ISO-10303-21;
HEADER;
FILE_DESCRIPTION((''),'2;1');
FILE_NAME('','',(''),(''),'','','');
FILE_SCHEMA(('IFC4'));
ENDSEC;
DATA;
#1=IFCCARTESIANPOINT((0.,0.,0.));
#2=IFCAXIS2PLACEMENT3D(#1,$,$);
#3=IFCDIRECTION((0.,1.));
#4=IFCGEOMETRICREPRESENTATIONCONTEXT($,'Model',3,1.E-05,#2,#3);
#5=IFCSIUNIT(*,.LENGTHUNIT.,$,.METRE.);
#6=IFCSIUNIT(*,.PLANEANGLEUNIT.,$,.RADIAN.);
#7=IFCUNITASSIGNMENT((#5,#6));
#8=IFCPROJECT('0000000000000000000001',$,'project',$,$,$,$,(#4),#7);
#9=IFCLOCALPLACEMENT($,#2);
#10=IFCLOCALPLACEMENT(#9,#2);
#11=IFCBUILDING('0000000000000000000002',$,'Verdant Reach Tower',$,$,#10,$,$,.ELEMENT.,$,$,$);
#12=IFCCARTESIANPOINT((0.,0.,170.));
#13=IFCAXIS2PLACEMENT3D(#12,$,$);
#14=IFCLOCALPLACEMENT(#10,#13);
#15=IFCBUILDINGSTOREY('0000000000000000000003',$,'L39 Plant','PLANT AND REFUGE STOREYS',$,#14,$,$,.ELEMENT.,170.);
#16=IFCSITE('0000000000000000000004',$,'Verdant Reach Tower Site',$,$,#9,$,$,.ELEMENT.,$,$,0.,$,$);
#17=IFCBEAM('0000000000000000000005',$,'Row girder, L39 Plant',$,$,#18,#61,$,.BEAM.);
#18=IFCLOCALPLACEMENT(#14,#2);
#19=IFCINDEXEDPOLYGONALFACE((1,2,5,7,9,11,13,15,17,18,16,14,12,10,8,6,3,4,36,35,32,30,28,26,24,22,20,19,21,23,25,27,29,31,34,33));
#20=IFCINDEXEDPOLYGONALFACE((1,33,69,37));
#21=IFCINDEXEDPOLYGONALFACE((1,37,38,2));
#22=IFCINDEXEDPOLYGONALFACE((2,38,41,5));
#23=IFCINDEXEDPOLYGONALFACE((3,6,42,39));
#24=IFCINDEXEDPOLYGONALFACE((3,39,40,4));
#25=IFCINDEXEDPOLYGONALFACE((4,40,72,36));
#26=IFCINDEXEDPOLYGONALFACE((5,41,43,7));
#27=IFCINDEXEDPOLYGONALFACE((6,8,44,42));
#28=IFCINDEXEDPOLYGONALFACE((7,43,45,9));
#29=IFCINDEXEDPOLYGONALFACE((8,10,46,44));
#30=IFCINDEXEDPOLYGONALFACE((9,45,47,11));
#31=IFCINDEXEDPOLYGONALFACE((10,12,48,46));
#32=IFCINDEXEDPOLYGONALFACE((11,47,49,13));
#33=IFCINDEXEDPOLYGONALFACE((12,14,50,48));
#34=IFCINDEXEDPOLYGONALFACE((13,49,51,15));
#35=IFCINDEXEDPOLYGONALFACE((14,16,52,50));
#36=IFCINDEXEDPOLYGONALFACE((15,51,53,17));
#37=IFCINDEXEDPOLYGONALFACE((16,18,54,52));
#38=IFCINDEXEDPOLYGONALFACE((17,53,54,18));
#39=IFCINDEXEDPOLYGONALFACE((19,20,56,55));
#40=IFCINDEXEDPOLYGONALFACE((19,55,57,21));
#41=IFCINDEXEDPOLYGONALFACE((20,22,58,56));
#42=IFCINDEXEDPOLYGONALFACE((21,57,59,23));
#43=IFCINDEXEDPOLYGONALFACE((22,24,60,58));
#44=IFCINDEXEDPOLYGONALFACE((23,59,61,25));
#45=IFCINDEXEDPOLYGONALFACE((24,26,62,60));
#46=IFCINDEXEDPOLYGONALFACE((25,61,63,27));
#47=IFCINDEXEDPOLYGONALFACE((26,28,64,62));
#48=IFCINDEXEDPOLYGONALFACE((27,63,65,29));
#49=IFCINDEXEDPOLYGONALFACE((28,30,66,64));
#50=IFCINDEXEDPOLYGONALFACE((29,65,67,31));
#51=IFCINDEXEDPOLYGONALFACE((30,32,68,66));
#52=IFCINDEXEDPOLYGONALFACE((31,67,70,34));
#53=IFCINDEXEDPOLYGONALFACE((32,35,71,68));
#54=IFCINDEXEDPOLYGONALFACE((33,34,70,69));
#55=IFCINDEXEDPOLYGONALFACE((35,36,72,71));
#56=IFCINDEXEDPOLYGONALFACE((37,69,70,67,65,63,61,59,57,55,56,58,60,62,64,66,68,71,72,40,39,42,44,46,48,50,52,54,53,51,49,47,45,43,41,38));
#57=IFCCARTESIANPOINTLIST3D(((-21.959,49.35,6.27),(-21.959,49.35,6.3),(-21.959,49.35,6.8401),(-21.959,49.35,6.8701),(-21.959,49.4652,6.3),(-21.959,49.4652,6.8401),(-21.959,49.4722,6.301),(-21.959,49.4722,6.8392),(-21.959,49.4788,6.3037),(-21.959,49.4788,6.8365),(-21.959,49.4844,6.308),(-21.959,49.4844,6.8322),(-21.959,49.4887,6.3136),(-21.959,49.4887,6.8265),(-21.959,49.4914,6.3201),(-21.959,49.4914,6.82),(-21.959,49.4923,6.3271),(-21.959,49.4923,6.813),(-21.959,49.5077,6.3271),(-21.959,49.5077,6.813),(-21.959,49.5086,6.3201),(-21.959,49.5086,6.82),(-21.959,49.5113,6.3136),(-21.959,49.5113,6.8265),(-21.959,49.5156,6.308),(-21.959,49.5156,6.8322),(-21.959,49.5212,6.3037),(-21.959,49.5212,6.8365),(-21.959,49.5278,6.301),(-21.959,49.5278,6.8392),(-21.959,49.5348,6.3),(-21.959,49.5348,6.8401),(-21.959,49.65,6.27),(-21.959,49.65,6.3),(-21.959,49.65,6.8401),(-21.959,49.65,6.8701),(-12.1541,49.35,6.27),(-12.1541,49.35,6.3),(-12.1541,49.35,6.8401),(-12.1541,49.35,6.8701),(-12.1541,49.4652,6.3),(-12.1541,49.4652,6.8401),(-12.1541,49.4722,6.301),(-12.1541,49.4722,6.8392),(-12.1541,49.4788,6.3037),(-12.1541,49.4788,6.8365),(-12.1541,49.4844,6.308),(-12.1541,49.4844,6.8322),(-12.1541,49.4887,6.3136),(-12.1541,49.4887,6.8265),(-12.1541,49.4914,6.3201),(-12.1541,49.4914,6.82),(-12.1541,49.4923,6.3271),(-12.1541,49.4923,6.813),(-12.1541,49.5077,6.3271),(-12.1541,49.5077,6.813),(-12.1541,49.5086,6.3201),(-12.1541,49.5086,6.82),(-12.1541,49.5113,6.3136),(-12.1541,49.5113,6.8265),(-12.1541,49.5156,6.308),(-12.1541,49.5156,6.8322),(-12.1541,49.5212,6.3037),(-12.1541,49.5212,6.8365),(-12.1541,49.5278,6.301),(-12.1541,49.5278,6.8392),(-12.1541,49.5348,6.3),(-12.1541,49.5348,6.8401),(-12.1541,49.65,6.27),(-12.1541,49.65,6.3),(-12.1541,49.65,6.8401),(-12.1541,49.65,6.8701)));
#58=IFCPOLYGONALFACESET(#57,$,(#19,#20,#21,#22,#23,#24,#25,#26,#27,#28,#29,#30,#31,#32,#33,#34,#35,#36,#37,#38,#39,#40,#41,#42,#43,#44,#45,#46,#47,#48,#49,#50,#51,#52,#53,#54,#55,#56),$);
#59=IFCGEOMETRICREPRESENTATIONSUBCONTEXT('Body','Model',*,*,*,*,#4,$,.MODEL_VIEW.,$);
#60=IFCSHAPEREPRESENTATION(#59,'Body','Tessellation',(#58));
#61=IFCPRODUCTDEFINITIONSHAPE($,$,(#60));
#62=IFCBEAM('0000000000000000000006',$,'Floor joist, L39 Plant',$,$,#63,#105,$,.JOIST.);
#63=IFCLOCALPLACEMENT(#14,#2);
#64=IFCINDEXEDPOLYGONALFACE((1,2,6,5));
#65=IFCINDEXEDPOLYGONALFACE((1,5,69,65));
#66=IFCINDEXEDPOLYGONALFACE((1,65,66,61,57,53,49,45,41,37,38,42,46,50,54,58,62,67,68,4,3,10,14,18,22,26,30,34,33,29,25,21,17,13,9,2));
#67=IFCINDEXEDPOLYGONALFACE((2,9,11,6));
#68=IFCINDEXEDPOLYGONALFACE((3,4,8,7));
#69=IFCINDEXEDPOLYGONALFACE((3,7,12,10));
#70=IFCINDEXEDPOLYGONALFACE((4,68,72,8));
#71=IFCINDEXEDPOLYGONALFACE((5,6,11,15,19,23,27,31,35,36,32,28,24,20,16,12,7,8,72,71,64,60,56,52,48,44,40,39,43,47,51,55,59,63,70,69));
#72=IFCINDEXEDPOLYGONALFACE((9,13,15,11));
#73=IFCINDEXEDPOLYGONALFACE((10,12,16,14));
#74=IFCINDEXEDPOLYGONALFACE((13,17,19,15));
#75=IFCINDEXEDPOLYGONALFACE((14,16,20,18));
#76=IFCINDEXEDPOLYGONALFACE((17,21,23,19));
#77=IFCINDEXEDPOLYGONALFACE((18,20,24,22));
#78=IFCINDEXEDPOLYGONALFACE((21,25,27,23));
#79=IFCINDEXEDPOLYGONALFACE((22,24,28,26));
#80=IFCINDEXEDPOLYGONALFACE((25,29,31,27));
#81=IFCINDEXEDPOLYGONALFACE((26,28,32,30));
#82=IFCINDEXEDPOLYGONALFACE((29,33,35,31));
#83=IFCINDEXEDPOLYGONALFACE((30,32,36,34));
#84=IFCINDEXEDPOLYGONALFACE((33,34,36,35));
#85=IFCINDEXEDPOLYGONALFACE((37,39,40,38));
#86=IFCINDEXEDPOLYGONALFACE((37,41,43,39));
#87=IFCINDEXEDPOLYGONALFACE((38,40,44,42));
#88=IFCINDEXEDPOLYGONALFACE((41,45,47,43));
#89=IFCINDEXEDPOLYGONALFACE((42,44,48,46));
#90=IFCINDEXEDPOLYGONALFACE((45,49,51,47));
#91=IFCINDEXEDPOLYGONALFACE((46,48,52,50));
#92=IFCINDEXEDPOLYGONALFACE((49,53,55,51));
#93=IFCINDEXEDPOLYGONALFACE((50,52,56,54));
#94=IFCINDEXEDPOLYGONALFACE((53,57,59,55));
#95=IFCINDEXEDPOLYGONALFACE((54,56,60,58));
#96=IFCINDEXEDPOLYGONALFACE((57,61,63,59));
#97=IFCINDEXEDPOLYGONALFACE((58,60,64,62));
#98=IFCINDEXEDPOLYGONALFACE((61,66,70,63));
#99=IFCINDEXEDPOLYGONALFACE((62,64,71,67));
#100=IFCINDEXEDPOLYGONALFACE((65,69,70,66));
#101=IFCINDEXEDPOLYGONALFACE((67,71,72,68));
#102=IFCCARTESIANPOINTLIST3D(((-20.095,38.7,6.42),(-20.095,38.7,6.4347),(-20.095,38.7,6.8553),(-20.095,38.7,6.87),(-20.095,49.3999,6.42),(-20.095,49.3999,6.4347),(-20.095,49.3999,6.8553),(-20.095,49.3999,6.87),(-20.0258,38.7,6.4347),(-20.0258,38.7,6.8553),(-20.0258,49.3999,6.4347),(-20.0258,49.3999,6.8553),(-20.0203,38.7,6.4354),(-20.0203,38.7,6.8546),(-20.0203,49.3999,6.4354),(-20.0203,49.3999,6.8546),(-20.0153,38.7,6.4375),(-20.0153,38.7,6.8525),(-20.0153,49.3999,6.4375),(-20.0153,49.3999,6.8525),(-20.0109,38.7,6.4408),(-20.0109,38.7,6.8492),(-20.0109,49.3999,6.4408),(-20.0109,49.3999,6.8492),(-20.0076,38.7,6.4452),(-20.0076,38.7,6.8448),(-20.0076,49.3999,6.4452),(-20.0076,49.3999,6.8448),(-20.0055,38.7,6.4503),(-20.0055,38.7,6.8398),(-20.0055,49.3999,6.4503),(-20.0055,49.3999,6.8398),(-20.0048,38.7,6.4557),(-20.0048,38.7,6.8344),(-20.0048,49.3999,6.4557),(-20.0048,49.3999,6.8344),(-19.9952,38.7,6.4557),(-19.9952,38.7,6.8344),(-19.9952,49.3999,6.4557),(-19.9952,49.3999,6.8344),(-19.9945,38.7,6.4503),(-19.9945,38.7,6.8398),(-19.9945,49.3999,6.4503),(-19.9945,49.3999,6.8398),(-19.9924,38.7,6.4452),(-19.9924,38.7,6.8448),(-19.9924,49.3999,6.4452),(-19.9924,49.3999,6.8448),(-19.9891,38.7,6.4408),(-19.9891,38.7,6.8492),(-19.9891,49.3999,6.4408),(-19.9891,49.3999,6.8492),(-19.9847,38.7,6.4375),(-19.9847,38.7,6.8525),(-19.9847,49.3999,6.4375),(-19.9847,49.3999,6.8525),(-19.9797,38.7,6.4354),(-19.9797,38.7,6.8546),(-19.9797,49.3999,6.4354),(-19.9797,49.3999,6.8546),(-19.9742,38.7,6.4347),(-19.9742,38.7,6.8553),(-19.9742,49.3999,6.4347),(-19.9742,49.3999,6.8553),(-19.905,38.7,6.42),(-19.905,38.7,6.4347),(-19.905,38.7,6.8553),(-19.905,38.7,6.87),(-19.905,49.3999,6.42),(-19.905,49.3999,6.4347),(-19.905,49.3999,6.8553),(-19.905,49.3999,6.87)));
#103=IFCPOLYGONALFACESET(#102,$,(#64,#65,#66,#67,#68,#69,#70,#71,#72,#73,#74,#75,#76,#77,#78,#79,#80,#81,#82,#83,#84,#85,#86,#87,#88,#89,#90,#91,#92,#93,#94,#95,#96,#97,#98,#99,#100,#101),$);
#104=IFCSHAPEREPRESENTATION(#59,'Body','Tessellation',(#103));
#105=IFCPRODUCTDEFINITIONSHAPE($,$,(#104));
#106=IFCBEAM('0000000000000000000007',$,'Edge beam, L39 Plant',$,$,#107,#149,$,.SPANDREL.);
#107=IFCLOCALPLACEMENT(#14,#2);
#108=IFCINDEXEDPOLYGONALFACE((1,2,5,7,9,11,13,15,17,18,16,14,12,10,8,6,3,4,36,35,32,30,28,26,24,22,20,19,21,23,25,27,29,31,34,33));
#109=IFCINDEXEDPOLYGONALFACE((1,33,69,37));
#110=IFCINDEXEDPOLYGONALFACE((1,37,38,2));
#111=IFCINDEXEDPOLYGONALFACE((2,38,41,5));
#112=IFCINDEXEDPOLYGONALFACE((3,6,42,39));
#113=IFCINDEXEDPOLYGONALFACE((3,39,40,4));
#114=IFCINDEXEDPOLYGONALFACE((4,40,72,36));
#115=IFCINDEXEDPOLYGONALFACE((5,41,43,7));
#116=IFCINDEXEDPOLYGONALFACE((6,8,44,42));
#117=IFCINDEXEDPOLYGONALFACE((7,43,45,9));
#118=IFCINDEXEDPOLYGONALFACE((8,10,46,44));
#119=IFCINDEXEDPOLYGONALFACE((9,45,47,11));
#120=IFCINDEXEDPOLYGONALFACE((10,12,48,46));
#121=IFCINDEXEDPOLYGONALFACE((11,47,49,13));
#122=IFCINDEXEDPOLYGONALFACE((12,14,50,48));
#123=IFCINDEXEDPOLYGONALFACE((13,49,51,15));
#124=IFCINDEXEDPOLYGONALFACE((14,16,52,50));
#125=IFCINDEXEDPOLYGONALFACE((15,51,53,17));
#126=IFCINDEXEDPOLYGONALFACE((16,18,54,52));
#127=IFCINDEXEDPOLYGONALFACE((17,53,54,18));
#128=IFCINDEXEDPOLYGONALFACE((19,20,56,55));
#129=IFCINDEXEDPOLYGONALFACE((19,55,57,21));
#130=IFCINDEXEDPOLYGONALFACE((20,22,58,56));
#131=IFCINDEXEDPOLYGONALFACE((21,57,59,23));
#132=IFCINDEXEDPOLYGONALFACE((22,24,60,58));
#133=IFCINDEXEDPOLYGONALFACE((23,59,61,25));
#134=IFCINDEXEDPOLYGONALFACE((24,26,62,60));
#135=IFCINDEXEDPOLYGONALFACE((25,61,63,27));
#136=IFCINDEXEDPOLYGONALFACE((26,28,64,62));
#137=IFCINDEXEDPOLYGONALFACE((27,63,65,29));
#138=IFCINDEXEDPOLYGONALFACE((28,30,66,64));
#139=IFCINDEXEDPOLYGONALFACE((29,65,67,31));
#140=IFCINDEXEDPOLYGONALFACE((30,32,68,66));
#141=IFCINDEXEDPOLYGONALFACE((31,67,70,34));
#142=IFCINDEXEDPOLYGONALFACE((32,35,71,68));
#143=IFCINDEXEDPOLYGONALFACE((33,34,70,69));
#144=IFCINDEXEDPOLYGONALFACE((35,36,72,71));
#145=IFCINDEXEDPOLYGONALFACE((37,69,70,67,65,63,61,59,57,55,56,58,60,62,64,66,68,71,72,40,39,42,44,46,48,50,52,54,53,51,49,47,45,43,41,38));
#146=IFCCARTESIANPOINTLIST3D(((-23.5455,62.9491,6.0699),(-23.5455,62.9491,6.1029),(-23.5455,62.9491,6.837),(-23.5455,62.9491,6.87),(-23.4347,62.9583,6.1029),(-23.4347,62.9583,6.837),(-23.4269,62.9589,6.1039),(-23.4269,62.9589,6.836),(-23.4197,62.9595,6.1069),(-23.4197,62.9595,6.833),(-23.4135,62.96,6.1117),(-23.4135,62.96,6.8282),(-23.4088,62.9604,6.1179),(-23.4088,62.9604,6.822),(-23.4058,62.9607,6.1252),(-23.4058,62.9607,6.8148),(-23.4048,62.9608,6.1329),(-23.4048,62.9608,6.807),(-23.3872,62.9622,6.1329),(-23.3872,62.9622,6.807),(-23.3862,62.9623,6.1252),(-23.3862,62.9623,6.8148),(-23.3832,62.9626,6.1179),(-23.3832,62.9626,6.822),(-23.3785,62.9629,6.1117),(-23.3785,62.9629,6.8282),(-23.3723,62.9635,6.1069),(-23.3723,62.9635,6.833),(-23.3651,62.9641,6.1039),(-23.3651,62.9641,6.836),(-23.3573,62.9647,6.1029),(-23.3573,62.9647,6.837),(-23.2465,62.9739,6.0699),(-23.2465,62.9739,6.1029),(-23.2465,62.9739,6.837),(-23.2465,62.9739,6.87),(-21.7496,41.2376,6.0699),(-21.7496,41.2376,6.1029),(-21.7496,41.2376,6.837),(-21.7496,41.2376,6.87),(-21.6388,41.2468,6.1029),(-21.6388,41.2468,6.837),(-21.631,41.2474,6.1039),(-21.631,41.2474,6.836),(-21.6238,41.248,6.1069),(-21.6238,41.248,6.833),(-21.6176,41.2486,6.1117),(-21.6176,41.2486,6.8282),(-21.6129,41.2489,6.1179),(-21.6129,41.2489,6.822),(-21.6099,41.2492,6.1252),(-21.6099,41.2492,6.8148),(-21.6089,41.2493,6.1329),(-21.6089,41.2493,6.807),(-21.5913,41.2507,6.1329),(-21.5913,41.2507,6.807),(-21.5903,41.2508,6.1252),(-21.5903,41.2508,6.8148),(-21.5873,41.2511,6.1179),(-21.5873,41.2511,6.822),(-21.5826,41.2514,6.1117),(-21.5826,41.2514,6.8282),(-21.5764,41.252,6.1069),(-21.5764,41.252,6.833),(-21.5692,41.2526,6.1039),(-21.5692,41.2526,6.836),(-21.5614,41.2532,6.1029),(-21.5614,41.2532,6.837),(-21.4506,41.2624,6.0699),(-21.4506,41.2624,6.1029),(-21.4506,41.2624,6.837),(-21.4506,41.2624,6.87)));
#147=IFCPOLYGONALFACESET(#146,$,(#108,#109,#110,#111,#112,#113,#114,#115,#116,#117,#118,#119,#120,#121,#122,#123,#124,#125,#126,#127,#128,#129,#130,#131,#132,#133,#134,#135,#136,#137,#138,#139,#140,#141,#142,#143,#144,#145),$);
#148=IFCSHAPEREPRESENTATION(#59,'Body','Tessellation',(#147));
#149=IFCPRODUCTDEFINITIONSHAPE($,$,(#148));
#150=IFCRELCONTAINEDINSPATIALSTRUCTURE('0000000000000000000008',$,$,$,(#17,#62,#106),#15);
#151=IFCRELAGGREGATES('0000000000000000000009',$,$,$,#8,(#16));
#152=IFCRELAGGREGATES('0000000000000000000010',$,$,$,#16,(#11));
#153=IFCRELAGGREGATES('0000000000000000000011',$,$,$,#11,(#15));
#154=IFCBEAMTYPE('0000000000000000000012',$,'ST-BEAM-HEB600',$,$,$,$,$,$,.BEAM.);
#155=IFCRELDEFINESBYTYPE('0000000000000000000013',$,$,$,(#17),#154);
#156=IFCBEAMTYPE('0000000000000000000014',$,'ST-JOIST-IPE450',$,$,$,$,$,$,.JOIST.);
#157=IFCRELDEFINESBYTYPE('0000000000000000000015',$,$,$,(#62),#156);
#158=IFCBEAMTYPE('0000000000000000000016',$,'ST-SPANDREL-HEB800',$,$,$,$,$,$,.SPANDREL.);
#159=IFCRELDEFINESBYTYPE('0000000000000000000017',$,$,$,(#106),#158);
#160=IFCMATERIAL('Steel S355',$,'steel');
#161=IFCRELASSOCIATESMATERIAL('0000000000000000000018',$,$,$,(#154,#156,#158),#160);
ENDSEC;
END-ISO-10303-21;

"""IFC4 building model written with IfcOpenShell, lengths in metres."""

from ifc_helpers import new_model, si_unit, direction, frame, origin, origin_2d, place, context, subcontext, project, spatial, i_section, extrude, material, material_profile, profile_set, type_object, element, save


model = new_model("IFC4")

# Units and contexts
model_context = context("Model", 3, precision=1e-05, world=origin(), true_north=direction((0.0, 1.0)))
body_context = subcontext(model_context, "Body", "Model", "MODEL_VIEW")
ifc_project = project(units=[si_unit("LENGTHUNIT", "METRE"), si_unit("PLANEANGLEUNIT", "RADIAN")], contexts=[model_context])

# Site, building, storey
site_placement = place(None, origin())
site = spatial("IfcSite", under=ifc_project, at=site_placement, Name="Verdant Reach Tower Site", CompositionType="ELEMENT", RefElevation=0.0)
building_placement = place(site_placement, origin())
building = spatial("IfcBuilding", under=site, at=building_placement, Name="Verdant Reach Tower", CompositionType="ELEMENT")
storey_placement = place(building_placement, frame((0.0, 0.0, 170.0)))
storey = spatial("IfcBuildingStorey", under=building, at=storey_placement, Name="L39 Plant", Description="PLANT AND REFUGE STOREYS", CompositionType="ELEMENT", Elevation=170.0)

# Beams
ifc_material_1 = material(Name="Steel S355", Category="steel")
ifc_material_profile_1 = material_profile(ifc_material_1, i_section(OverallWidth=0.3, OverallDepth=0.6001, WebThickness=0.0154, FlangeThickness=0.03, FilletRadius=0.0271, at=origin_2d()), Name="HEB 600")
ifc_profile_set_1 = profile_set([ifc_material_profile_1], Name="Steel S355")
beam_type_1 = type_object("IfcBeamType", Name="ST-BEAM-HEB600", PredefinedType="BEAM", material=ifc_profile_set_1)
beam_1_placement = place(storey_placement, frame((-21.959, 49.5, 6.5701), z_axis=(1.0, 0.0, 0.0), x_axis=(0.0, 1.0, 0.0)))
element("IfcBeam", 1, at=beam_1_placement, inside=storey, type_object=beam_type_1, Name="Row girder, L39 Plant", PredefinedType="BEAM", context=body_context, shape_type="SweptSolid", body=[
    extrude(i_section(OverallWidth=0.3, OverallDepth=0.6001, WebThickness=0.0154, FlangeThickness=0.03, FilletRadius=0.0271, at=origin_2d()), origin(), (0.0, 0.0, 1.0), 9.8049),
])
ifc_material_profile_2 = material_profile(ifc_material_1, i_section(OverallWidth=0.1899, OverallDepth=0.45, WebThickness=0.0095, FlangeThickness=0.0146, FilletRadius=0.021, at=origin_2d()), Name="IPE 450")
ifc_profile_set_2 = profile_set([ifc_material_profile_2], Name="Steel S355")
beam_type_2 = type_object("IfcBeamType", Name="ST-JOIST-IPE450", PredefinedType="JOIST", material=ifc_profile_set_2)
beam_2_placement = place(storey_placement, frame((-20.0, 38.7, 6.645), z_axis=(0.0, 1.0, 0.0), x_axis=(-1.0, 0.0, 0.0)))
element("IfcBeam", 2, at=beam_2_placement, inside=storey, type_object=beam_type_2, Name="Floor joist, L39 Plant", PredefinedType="JOIST", context=body_context, shape_type="SweptSolid", body=[
    extrude(i_section(OverallWidth=0.1899, OverallDepth=0.45, WebThickness=0.0095, FlangeThickness=0.0146, FilletRadius=0.021, at=origin_2d()), origin(), (0.0, 0.0, 1.0), 10.7),
])
ifc_material_profile_3 = material_profile(ifc_material_1, i_section(OverallWidth=0.3, OverallDepth=0.8, WebThickness=0.0176, FlangeThickness=0.033, FilletRadius=0.03, at=origin_2d()), Name="HEB 800")
ifc_profile_set_3 = profile_set([ifc_material_profile_3], Name="Steel S355")
beam_type_3 = type_object("IfcBeamType", Name="ST-SPANDREL-HEB800", PredefinedType="SPANDREL", material=ifc_profile_set_3)
beam_3_placement = place(storey_placement, frame((-21.6001, 41.25, 6.47), z_axis=(-0.082435, 0.996596, 0.0), x_axis=(-0.996596, -0.082435, 0.0)))
element("IfcBeam", 3, at=beam_3_placement, inside=storey, type_object=beam_type_3, Name="Edge beam, L39 Plant", PredefinedType="SPANDREL", context=body_context, shape_type="SweptSolid", body=[
    extrude(i_section(OverallWidth=0.3, OverallDepth=0.8, WebThickness=0.0176, FlangeThickness=0.033, FilletRadius=0.03, at=origin_2d()), origin(), (0.0, 0.0, 1.0), 21.7856),
])

save(model, "model.ifc")
